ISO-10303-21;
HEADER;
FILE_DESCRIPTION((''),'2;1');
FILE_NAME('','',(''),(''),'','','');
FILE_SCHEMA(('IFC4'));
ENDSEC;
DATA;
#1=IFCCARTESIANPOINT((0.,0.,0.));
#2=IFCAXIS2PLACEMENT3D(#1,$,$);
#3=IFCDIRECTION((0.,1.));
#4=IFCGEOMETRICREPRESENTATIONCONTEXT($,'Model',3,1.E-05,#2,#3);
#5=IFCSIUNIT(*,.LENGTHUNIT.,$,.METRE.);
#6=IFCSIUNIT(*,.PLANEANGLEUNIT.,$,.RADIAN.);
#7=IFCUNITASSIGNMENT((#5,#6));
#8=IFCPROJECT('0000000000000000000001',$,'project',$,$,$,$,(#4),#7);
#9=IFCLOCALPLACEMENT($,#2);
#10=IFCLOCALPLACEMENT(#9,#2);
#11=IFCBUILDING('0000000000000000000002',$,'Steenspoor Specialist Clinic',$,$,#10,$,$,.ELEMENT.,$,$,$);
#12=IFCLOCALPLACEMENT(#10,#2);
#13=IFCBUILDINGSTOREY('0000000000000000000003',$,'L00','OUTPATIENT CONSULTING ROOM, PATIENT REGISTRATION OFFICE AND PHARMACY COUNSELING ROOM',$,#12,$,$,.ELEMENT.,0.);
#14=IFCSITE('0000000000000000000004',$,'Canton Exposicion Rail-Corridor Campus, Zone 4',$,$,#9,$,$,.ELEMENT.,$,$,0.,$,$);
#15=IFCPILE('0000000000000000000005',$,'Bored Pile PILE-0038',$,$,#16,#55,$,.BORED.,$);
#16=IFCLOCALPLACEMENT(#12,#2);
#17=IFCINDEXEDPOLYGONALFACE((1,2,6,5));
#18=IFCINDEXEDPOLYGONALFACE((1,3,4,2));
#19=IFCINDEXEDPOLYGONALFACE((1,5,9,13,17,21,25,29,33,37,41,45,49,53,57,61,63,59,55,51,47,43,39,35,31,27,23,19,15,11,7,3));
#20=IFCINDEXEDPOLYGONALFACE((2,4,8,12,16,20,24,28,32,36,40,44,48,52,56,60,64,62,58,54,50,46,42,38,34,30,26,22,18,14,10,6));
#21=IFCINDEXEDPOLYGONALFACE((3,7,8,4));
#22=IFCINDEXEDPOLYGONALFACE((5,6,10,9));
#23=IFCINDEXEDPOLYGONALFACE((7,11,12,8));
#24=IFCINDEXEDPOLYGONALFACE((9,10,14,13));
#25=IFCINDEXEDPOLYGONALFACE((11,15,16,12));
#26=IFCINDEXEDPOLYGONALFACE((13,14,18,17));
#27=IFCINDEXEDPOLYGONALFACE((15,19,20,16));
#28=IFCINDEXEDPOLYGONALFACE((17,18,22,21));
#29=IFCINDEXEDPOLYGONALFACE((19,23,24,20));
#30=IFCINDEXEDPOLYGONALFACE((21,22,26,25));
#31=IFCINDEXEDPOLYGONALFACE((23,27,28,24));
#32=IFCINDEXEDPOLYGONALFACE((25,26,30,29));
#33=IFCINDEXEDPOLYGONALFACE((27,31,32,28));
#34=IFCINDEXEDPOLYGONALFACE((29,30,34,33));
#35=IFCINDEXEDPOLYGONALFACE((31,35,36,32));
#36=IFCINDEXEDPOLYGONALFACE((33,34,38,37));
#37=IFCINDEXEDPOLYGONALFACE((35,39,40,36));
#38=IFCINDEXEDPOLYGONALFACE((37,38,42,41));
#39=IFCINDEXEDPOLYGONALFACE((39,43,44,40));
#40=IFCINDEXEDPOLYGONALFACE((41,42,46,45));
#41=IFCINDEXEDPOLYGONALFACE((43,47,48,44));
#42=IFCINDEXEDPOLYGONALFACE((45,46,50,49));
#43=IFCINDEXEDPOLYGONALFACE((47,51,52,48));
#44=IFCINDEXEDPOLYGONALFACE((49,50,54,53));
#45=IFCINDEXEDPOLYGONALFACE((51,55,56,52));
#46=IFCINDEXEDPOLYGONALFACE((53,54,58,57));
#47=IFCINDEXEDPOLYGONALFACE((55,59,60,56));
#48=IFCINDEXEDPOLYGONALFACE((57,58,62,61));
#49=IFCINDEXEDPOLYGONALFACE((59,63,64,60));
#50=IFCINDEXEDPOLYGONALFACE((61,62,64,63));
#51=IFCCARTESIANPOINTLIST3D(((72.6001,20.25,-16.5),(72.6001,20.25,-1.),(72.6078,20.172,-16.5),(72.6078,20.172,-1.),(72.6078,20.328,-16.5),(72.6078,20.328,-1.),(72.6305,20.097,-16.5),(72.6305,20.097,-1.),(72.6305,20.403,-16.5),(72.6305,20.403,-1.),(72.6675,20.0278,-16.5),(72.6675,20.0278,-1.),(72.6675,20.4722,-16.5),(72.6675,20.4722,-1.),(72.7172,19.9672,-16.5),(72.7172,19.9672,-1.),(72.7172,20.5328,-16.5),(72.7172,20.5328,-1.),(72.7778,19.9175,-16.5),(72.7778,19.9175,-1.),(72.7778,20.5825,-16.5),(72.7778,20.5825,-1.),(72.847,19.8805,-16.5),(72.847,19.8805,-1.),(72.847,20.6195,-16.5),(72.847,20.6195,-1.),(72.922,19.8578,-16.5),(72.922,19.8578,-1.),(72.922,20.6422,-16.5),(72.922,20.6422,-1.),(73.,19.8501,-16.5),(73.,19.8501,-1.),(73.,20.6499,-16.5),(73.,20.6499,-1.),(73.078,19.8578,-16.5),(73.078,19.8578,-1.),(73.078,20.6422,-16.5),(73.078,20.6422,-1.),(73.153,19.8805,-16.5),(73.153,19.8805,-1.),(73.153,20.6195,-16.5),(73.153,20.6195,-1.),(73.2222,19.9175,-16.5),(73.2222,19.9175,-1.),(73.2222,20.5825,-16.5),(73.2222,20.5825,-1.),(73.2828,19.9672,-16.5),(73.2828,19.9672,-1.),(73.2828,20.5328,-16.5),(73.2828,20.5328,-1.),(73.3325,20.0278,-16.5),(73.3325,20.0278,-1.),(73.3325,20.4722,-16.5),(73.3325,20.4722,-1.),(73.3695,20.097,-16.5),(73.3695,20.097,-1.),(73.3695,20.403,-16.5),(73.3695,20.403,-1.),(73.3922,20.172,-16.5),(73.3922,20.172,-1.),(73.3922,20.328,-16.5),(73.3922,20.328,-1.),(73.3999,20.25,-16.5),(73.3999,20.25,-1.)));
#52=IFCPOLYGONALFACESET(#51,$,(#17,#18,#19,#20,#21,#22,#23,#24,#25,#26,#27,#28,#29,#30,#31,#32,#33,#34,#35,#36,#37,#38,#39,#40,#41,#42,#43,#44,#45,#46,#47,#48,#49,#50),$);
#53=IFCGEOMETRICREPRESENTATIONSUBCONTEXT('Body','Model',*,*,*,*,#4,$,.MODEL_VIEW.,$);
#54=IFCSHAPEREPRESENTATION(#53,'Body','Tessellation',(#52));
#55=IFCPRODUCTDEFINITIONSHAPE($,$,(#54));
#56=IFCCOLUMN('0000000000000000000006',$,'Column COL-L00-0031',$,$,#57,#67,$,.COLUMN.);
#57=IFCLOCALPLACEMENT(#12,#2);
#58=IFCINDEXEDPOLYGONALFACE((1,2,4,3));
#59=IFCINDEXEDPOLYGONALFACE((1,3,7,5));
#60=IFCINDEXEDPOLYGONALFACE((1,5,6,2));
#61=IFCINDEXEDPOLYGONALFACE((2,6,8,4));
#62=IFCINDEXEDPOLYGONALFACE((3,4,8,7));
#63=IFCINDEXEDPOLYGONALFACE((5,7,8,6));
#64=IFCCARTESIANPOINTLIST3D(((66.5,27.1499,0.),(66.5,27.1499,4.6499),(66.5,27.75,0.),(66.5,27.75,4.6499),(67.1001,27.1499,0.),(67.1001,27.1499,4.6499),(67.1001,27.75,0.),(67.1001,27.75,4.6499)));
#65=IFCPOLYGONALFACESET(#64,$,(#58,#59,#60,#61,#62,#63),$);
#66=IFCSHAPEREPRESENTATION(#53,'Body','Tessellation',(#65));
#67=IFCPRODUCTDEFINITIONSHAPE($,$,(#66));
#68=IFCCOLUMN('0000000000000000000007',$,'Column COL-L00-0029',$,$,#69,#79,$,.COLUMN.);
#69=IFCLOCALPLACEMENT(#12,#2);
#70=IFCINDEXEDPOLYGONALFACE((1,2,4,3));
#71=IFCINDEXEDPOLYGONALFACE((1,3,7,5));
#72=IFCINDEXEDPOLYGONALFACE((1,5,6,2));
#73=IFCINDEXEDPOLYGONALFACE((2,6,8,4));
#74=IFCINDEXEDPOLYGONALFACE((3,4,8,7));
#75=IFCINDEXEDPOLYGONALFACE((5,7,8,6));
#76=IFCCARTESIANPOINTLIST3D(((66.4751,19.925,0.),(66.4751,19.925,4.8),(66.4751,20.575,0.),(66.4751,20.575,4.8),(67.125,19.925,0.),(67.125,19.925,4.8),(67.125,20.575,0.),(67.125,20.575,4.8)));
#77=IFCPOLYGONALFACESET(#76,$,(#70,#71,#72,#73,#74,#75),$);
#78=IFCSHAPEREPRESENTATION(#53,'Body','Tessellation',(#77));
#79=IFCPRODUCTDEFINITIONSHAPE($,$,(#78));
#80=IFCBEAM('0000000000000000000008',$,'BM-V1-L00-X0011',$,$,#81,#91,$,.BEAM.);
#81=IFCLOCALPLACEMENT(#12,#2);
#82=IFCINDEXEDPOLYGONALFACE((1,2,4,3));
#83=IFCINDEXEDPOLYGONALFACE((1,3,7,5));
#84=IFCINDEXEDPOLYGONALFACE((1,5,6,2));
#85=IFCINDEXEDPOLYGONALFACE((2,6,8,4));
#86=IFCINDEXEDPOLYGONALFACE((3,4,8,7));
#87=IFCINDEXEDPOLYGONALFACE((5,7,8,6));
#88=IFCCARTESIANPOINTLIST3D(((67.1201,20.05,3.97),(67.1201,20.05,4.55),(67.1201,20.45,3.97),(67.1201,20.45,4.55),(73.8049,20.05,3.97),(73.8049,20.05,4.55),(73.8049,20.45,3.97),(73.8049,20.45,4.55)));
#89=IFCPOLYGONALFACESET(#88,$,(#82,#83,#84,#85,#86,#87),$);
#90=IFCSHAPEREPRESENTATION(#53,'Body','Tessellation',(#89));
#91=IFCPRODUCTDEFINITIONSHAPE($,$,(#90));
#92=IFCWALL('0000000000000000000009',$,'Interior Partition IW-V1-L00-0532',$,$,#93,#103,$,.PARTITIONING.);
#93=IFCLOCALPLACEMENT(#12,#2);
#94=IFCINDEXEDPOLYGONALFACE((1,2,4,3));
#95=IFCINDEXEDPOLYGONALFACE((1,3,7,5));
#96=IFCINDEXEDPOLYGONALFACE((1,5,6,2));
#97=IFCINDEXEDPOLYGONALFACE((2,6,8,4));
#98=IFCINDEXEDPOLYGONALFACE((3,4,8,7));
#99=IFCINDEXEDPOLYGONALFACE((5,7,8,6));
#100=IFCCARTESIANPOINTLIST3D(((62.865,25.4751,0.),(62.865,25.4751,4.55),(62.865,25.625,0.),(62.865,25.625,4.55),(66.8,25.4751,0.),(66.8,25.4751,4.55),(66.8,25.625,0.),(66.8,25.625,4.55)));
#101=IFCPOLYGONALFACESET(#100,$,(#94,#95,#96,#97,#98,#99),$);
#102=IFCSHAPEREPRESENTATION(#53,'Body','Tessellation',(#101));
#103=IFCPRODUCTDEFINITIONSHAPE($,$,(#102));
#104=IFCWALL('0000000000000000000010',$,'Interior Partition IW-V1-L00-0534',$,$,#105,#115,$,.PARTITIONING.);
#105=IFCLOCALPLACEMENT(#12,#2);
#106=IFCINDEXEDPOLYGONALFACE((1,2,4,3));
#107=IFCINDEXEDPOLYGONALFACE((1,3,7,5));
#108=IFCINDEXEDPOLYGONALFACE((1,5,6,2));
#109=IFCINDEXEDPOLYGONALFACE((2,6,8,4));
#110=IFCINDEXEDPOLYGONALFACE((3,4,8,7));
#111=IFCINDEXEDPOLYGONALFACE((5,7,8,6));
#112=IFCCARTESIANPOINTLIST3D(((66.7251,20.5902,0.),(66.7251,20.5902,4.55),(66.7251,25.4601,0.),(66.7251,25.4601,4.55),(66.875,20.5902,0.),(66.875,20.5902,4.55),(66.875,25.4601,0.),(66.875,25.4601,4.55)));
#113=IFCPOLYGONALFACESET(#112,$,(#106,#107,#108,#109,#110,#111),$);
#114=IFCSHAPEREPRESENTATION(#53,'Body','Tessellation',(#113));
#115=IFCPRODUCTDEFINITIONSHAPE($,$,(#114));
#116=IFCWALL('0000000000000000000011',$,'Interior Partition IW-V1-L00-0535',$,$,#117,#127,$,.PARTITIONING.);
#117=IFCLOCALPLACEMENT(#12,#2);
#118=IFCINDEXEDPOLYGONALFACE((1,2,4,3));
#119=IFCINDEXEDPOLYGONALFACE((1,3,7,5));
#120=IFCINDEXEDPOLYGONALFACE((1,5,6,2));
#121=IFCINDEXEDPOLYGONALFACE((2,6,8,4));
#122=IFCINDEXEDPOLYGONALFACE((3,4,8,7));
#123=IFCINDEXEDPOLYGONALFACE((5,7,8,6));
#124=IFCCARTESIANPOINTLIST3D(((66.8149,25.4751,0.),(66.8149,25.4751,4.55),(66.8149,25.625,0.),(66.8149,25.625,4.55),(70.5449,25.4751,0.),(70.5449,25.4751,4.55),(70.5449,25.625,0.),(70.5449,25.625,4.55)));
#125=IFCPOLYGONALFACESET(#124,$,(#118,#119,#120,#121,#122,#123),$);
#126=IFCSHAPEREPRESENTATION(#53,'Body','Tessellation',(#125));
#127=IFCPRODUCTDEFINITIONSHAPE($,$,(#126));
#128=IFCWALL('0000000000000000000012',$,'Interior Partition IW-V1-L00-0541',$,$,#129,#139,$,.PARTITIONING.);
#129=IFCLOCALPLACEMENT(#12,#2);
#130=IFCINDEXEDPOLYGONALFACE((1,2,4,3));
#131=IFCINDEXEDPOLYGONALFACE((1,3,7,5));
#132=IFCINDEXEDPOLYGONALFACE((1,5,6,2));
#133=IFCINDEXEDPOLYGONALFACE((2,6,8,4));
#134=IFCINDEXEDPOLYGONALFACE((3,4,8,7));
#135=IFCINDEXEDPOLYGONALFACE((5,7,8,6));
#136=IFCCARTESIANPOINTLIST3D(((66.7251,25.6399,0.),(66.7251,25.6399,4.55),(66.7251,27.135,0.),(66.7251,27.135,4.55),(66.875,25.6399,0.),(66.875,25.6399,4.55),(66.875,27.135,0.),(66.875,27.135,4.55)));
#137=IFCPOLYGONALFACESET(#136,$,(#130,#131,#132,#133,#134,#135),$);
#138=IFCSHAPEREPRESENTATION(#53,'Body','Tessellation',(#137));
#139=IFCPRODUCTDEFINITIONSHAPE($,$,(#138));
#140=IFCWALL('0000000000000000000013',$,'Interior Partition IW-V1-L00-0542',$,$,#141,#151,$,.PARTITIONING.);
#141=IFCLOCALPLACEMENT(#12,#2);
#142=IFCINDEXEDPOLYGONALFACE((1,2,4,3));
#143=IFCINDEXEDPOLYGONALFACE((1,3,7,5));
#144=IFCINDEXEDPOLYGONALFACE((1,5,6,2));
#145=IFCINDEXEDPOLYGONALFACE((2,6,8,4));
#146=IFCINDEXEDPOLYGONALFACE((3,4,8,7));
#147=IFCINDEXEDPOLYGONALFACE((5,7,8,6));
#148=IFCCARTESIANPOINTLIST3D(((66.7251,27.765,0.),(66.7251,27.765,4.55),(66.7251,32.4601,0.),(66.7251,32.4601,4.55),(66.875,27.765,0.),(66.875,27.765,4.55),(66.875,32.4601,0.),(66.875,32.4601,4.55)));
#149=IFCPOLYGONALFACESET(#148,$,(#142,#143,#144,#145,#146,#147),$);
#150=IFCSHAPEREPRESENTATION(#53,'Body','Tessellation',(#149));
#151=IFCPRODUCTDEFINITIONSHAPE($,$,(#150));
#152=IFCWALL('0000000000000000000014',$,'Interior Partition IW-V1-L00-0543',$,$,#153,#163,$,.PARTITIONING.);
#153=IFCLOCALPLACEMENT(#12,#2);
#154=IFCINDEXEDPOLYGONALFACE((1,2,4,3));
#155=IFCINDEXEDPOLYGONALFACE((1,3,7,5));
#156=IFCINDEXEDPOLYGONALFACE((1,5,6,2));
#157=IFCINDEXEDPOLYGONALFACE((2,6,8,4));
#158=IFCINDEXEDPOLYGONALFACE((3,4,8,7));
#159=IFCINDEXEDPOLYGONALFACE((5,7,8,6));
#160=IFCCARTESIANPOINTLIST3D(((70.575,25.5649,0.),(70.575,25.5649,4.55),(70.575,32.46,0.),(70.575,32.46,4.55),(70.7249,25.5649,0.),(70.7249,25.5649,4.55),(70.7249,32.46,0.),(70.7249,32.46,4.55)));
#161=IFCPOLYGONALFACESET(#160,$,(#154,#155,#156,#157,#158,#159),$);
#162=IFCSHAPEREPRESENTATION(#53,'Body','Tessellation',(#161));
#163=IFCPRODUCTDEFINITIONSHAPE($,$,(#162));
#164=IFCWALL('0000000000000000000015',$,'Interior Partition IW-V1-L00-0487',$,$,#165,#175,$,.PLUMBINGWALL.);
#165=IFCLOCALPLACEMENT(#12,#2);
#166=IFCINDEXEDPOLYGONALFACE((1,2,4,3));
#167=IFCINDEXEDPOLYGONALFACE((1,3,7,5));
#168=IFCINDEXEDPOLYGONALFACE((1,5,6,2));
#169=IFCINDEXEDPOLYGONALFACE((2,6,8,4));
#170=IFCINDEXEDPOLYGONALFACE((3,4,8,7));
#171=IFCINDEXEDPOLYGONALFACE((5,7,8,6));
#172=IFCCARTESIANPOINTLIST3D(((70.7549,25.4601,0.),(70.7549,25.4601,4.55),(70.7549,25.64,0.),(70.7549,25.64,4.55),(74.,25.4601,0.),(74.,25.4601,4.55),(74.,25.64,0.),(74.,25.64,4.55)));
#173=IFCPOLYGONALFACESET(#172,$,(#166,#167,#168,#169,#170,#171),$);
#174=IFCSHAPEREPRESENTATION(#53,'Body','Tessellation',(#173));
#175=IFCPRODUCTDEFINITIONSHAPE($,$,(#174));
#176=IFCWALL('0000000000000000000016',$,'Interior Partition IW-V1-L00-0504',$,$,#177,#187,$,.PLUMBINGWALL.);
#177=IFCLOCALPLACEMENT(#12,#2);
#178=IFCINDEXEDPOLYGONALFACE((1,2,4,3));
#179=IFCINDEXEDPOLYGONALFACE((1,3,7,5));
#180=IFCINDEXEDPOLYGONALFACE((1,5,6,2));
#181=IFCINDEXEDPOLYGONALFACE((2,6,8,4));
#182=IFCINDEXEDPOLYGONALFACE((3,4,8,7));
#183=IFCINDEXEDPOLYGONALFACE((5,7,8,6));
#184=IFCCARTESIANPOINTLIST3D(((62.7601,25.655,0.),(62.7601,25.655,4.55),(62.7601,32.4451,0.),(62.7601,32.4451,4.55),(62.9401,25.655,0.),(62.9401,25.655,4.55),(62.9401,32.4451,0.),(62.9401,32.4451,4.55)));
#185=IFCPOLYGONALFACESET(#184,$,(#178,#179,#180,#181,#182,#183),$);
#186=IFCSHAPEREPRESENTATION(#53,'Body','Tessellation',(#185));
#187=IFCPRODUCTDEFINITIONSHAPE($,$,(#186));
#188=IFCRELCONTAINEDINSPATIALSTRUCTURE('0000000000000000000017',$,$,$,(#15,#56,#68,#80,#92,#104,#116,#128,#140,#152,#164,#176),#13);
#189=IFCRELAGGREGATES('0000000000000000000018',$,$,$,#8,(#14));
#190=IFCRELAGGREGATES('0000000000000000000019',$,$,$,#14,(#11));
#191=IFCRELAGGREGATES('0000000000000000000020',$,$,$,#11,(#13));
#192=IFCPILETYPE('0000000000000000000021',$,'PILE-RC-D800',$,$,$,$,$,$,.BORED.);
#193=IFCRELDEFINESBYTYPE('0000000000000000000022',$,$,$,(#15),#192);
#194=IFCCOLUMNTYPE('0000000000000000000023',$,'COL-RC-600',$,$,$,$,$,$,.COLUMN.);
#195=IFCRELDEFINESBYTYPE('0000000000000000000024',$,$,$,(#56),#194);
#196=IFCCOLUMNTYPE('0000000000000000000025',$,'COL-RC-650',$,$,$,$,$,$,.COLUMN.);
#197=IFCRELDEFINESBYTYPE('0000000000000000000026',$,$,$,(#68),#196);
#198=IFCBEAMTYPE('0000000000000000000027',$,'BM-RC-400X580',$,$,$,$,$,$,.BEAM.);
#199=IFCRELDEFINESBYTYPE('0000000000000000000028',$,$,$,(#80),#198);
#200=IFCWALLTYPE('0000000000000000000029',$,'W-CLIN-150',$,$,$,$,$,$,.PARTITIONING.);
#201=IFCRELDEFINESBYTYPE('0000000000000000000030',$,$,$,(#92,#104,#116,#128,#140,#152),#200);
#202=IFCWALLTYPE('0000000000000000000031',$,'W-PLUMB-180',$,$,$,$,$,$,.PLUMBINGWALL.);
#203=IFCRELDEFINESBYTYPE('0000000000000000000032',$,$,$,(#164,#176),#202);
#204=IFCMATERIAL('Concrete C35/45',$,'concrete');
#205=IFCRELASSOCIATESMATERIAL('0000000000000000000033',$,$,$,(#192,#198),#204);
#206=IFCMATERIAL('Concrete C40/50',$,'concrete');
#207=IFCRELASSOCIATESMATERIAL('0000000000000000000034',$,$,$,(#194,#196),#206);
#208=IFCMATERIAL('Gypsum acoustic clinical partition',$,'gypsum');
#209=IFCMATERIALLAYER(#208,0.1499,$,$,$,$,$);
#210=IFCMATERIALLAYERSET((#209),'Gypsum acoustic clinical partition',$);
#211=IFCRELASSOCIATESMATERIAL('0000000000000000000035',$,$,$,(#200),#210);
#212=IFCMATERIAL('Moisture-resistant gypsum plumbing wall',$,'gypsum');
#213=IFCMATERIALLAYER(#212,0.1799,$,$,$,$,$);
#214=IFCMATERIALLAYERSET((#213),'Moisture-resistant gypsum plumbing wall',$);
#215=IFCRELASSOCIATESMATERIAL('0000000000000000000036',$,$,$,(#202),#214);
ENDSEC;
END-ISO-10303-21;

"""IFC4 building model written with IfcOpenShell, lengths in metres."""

from ifc_helpers import new_model, si_unit, direction, frame, frame_2d, origin, origin_2d, place, context, subcontext, project, spatial, rectangle, circle, extrude, material, layer, layer_set, material_profile, profile_set, type_object, element, save


model = new_model("IFC4")

# Units and contexts
model_context = context("Model", 3, precision=1e-05, world=origin(), true_north=direction((0.0, 1.0)))
body_context = subcontext(model_context, "Body", "Model", "MODEL_VIEW")
ifc_project = project(units=[si_unit("LENGTHUNIT", "METRE"), si_unit("PLANEANGLEUNIT", "RADIAN")], contexts=[model_context])

# Site, building, storey
site_placement = place(None, origin())
site = spatial("IfcSite", under=ifc_project, at=site_placement, Name="Canton Exposicion Rail-Corridor Campus, Zone 4", CompositionType="ELEMENT", RefElevation=0.0)
building_placement = place(site_placement, origin())
building = spatial("IfcBuilding", under=site, at=building_placement, Name="Steenspoor Specialist Clinic", CompositionType="ELEMENT")
storey_placement = place(building_placement, origin())
storey = spatial("IfcBuildingStorey", under=building, at=storey_placement, Name="L00", Description="OUTPATIENT CONSULTING ROOM, PATIENT REGISTRATION OFFICE AND PHARMACY COUNSELING ROOM", CompositionType="ELEMENT", Elevation=0.0)

# Shared definitions
ifc_material_1 = material(Name="Concrete C35/45", Category="concrete")

# Pile
ifc_material_profile_1 = material_profile(ifc_material_1, circle(Radius=0.3999, at=origin_2d()), Name="PILE-D800")
ifc_profile_set_1 = profile_set([ifc_material_profile_1], Name="Concrete C35/45")
pile_type_1 = type_object("IfcPileType", Name="PILE-RC-D800", PredefinedType="BORED", material=ifc_profile_set_1)
pile_1_placement = place(storey_placement, frame((73.0, 20.25, -1.0), z_axis=(0.0, 0.0, -1.0), x_axis=(1.0, 0.0, 0.0)))
element("IfcPile", 1, at=pile_1_placement, inside=storey, type_object=pile_type_1, Name="Bored Pile PILE-0038", PredefinedType="BORED", context=body_context, shape_type="SweptSolid", body=[
    extrude(circle(Radius=0.3999, at=origin_2d()), origin(), (0.0, 0.0, 1.0), 15.5),
])

# Columns
ifc_material_2 = material(Name="Concrete C40/50", Category="concrete")
ifc_material_profile_2 = material_profile(ifc_material_2, rectangle(XDim=0.6001, YDim=0.6001, at=origin_2d()), Name="RC-COL-600X600")
ifc_profile_set_2 = profile_set([ifc_material_profile_2], Name="Concrete C40/50")
column_type_1 = type_object("IfcColumnType", Name="COL-RC-600", PredefinedType="COLUMN", material=ifc_profile_set_2)
column_1_placement = place(storey_placement, frame((66.8, 27.45, 0.0), z_axis=(0.0, 0.0, 1.0), x_axis=(1.0, 0.0, 0.0)))
element("IfcColumn", 2, at=column_1_placement, inside=storey, type_object=column_type_1, Name="Column COL-L00-0031", PredefinedType="COLUMN", context=body_context, shape_type="SweptSolid", body=[
    extrude(rectangle(XDim=0.6001, YDim=0.6001, at=origin_2d()), origin(), (0.0, 0.0, 1.0), 4.6499),
])
ifc_material_profile_3 = material_profile(ifc_material_2, rectangle(XDim=0.6499, YDim=0.6499, at=origin_2d()), Name="RC-COL-650X650")
ifc_profile_set_3 = profile_set([ifc_material_profile_3], Name="Concrete C40/50")
column_type_2 = type_object("IfcColumnType", Name="COL-RC-650", PredefinedType="COLUMN", material=ifc_profile_set_3)
column_2_placement = place(storey_placement, frame((66.8, 20.25, 0.0), z_axis=(0.0, 0.0, 1.0), x_axis=(1.0, 0.0, 0.0)))
element("IfcColumn", 3, at=column_2_placement, inside=storey, type_object=column_type_2, Name="Column COL-L00-0029", PredefinedType="COLUMN", context=body_context, shape_type="SweptSolid", body=[
    extrude(rectangle(XDim=0.6499, YDim=0.6499, at=origin_2d()), origin(), (0.0, 0.0, 1.0), 4.8),
])

# Beam
ifc_material_profile_4 = material_profile(ifc_material_1, rectangle(XDim=0.3999, YDim=0.5801, at=origin_2d()), Name="RC-BM-400X580")
ifc_profile_set_4 = profile_set([ifc_material_profile_4], Name="Concrete C35/45")
beam_type = type_object("IfcBeamType", Name="BM-RC-400X580", PredefinedType="BEAM", material=ifc_profile_set_4)
beam_placement = place(storey_placement, frame((67.1201, 20.25, 4.26), z_axis=(1.0, 0.0, 0.0), x_axis=(0.0, 1.0, 0.0)))
element("IfcBeam", 4, at=beam_placement, inside=storey, type_object=beam_type, Name="BM-V1-L00-X0011", PredefinedType="BEAM", context=body_context, shape_type="SweptSolid", body=[
    extrude(rectangle(XDim=0.3999, YDim=0.5801, at=origin_2d()), origin(), (0.0, 0.0, 1.0), 6.6848),
])

# Walls
ifc_material_3 = material(Name="Gypsum acoustic clinical partition", Category="gypsum")
ifc_layer_1 = layer(ifc_material_3, 0.1499)
ifc_layer_set_1 = layer_set([ifc_layer_1], Name="Gypsum acoustic clinical partition")
wall_type_1 = type_object("IfcWallType", Name="W-CLIN-150", PredefinedType="PARTITIONING", material=ifc_layer_set_1)
wall_1_placement = place(storey_placement, frame((62.865, 25.55, 0.0), z_axis=(0.0, 0.0, 1.0), x_axis=(1.0, 0.0, 0.0)))
element("IfcWall", 5, at=wall_1_placement, inside=storey, type_object=wall_type_1, Name="Interior Partition IW-V1-L00-0532", PredefinedType="PARTITIONING", context=body_context, shape_type="SweptSolid", body=[
    extrude(rectangle(XDim=3.9351, YDim=0.1499, at=frame_2d((1.9675, 0.0))), origin(), (0.0, 0.0, 1.0), 4.55),
])
wall_2_placement = place(storey_placement, frame((66.8, 20.5901, 0.0), z_axis=(0.0, 0.0, 1.0), x_axis=(0.0, 1.0, 0.0)))
element("IfcWall", 6, at=wall_2_placement, inside=storey, type_object=wall_type_1, Name="Interior Partition IW-V1-L00-0534", PredefinedType="PARTITIONING", context=body_context, shape_type="SweptSolid", body=[
    extrude(rectangle(XDim=4.8699, YDim=0.1499, at=frame_2d((2.4351, 0.0))), origin(), (0.0, 0.0, 1.0), 4.55),
])
wall_3_placement = place(storey_placement, frame((66.8149, 25.55, 0.0), z_axis=(0.0, 0.0, 1.0), x_axis=(1.0, 0.0, 0.0)))
element("IfcWall", 7, at=wall_3_placement, inside=storey, type_object=wall_type_1, Name="Interior Partition IW-V1-L00-0535", PredefinedType="PARTITIONING", context=body_context, shape_type="SweptSolid", body=[
    extrude(rectangle(XDim=3.73, YDim=0.1499, at=frame_2d((1.865, 0.0))), origin(), (0.0, 0.0, 1.0), 4.55),
])
wall_4_placement = place(storey_placement, frame((66.8, 25.6399, 0.0), z_axis=(0.0, 0.0, 1.0), x_axis=(0.0, 1.0, 0.0)))
element("IfcWall", 8, at=wall_4_placement, inside=storey, type_object=wall_type_1, Name="Interior Partition IW-V1-L00-0541", PredefinedType="PARTITIONING", context=body_context, shape_type="SweptSolid", body=[
    extrude(rectangle(XDim=1.4951, YDim=0.1499, at=frame_2d((0.7476, 0.0))), origin(), (0.0, 0.0, 1.0), 4.55),
])
wall_5_placement = place(storey_placement, frame((66.8, 27.7649, 0.0), z_axis=(0.0, 0.0, 1.0), x_axis=(0.0, 1.0, 0.0)))
element("IfcWall", 9, at=wall_5_placement, inside=storey, type_object=wall_type_1, Name="Interior Partition IW-V1-L00-0542", PredefinedType="PARTITIONING", context=body_context, shape_type="SweptSolid", body=[
    extrude(rectangle(XDim=4.6951, YDim=0.1499, at=frame_2d((2.3477, 0.0))), origin(), (0.0, 0.0, 1.0), 4.55),
])
wall_6_placement = place(storey_placement, frame((70.6499, 25.5649, 0.0), z_axis=(0.0, 0.0, 1.0), x_axis=(0.0, 1.0, 0.0)))
element("IfcWall", 10, at=wall_6_placement, inside=storey, type_object=wall_type_1, Name="Interior Partition IW-V1-L00-0543", PredefinedType="PARTITIONING", context=body_context, shape_type="SweptSolid", body=[
    extrude(rectangle(XDim=6.895, YDim=0.1499, at=frame_2d((3.4475, 0.0))), origin(), (0.0, 0.0, 1.0), 4.55),
])
ifc_material_4 = material(Name="Moisture-resistant gypsum plumbing wall", Category="gypsum")
ifc_layer_2 = layer(ifc_material_4, 0.1799)
ifc_layer_set_2 = layer_set([ifc_layer_2], Name="Moisture-resistant gypsum plumbing wall")
wall_type_2 = type_object("IfcWallType", Name="W-PLUMB-180", PredefinedType="PLUMBINGWALL", material=ifc_layer_set_2)
wall_7_placement = place(storey_placement, frame((70.7549, 25.55, 0.0), z_axis=(0.0, 0.0, 1.0), x_axis=(1.0, 0.0, 0.0)))
element("IfcWall", 11, at=wall_7_placement, inside=storey, type_object=wall_type_2, Name="Interior Partition IW-V1-L00-0487", PredefinedType="PLUMBINGWALL", context=body_context, shape_type="SweptSolid", body=[
    extrude(rectangle(XDim=3.2451, YDim=0.1799, at=frame_2d((1.6226, 0.0))), origin(), (0.0, 0.0, 1.0), 4.55),
])
wall_8_placement = place(storey_placement, frame((62.8501, 25.655, 0.0), z_axis=(0.0, 0.0, 1.0), x_axis=(0.0, 1.0, 0.0)))
element("IfcWall", 12, at=wall_8_placement, inside=storey, type_object=wall_type_2, Name="Interior Partition IW-V1-L00-0504", PredefinedType="PLUMBINGWALL", context=body_context, shape_type="SweptSolid", body=[
    extrude(rectangle(XDim=6.79, YDim=0.1799, at=frame_2d((3.395, 0.0))), origin(), (0.0, 0.0, 1.0), 4.55),
])

save(model, "model.ifc")
